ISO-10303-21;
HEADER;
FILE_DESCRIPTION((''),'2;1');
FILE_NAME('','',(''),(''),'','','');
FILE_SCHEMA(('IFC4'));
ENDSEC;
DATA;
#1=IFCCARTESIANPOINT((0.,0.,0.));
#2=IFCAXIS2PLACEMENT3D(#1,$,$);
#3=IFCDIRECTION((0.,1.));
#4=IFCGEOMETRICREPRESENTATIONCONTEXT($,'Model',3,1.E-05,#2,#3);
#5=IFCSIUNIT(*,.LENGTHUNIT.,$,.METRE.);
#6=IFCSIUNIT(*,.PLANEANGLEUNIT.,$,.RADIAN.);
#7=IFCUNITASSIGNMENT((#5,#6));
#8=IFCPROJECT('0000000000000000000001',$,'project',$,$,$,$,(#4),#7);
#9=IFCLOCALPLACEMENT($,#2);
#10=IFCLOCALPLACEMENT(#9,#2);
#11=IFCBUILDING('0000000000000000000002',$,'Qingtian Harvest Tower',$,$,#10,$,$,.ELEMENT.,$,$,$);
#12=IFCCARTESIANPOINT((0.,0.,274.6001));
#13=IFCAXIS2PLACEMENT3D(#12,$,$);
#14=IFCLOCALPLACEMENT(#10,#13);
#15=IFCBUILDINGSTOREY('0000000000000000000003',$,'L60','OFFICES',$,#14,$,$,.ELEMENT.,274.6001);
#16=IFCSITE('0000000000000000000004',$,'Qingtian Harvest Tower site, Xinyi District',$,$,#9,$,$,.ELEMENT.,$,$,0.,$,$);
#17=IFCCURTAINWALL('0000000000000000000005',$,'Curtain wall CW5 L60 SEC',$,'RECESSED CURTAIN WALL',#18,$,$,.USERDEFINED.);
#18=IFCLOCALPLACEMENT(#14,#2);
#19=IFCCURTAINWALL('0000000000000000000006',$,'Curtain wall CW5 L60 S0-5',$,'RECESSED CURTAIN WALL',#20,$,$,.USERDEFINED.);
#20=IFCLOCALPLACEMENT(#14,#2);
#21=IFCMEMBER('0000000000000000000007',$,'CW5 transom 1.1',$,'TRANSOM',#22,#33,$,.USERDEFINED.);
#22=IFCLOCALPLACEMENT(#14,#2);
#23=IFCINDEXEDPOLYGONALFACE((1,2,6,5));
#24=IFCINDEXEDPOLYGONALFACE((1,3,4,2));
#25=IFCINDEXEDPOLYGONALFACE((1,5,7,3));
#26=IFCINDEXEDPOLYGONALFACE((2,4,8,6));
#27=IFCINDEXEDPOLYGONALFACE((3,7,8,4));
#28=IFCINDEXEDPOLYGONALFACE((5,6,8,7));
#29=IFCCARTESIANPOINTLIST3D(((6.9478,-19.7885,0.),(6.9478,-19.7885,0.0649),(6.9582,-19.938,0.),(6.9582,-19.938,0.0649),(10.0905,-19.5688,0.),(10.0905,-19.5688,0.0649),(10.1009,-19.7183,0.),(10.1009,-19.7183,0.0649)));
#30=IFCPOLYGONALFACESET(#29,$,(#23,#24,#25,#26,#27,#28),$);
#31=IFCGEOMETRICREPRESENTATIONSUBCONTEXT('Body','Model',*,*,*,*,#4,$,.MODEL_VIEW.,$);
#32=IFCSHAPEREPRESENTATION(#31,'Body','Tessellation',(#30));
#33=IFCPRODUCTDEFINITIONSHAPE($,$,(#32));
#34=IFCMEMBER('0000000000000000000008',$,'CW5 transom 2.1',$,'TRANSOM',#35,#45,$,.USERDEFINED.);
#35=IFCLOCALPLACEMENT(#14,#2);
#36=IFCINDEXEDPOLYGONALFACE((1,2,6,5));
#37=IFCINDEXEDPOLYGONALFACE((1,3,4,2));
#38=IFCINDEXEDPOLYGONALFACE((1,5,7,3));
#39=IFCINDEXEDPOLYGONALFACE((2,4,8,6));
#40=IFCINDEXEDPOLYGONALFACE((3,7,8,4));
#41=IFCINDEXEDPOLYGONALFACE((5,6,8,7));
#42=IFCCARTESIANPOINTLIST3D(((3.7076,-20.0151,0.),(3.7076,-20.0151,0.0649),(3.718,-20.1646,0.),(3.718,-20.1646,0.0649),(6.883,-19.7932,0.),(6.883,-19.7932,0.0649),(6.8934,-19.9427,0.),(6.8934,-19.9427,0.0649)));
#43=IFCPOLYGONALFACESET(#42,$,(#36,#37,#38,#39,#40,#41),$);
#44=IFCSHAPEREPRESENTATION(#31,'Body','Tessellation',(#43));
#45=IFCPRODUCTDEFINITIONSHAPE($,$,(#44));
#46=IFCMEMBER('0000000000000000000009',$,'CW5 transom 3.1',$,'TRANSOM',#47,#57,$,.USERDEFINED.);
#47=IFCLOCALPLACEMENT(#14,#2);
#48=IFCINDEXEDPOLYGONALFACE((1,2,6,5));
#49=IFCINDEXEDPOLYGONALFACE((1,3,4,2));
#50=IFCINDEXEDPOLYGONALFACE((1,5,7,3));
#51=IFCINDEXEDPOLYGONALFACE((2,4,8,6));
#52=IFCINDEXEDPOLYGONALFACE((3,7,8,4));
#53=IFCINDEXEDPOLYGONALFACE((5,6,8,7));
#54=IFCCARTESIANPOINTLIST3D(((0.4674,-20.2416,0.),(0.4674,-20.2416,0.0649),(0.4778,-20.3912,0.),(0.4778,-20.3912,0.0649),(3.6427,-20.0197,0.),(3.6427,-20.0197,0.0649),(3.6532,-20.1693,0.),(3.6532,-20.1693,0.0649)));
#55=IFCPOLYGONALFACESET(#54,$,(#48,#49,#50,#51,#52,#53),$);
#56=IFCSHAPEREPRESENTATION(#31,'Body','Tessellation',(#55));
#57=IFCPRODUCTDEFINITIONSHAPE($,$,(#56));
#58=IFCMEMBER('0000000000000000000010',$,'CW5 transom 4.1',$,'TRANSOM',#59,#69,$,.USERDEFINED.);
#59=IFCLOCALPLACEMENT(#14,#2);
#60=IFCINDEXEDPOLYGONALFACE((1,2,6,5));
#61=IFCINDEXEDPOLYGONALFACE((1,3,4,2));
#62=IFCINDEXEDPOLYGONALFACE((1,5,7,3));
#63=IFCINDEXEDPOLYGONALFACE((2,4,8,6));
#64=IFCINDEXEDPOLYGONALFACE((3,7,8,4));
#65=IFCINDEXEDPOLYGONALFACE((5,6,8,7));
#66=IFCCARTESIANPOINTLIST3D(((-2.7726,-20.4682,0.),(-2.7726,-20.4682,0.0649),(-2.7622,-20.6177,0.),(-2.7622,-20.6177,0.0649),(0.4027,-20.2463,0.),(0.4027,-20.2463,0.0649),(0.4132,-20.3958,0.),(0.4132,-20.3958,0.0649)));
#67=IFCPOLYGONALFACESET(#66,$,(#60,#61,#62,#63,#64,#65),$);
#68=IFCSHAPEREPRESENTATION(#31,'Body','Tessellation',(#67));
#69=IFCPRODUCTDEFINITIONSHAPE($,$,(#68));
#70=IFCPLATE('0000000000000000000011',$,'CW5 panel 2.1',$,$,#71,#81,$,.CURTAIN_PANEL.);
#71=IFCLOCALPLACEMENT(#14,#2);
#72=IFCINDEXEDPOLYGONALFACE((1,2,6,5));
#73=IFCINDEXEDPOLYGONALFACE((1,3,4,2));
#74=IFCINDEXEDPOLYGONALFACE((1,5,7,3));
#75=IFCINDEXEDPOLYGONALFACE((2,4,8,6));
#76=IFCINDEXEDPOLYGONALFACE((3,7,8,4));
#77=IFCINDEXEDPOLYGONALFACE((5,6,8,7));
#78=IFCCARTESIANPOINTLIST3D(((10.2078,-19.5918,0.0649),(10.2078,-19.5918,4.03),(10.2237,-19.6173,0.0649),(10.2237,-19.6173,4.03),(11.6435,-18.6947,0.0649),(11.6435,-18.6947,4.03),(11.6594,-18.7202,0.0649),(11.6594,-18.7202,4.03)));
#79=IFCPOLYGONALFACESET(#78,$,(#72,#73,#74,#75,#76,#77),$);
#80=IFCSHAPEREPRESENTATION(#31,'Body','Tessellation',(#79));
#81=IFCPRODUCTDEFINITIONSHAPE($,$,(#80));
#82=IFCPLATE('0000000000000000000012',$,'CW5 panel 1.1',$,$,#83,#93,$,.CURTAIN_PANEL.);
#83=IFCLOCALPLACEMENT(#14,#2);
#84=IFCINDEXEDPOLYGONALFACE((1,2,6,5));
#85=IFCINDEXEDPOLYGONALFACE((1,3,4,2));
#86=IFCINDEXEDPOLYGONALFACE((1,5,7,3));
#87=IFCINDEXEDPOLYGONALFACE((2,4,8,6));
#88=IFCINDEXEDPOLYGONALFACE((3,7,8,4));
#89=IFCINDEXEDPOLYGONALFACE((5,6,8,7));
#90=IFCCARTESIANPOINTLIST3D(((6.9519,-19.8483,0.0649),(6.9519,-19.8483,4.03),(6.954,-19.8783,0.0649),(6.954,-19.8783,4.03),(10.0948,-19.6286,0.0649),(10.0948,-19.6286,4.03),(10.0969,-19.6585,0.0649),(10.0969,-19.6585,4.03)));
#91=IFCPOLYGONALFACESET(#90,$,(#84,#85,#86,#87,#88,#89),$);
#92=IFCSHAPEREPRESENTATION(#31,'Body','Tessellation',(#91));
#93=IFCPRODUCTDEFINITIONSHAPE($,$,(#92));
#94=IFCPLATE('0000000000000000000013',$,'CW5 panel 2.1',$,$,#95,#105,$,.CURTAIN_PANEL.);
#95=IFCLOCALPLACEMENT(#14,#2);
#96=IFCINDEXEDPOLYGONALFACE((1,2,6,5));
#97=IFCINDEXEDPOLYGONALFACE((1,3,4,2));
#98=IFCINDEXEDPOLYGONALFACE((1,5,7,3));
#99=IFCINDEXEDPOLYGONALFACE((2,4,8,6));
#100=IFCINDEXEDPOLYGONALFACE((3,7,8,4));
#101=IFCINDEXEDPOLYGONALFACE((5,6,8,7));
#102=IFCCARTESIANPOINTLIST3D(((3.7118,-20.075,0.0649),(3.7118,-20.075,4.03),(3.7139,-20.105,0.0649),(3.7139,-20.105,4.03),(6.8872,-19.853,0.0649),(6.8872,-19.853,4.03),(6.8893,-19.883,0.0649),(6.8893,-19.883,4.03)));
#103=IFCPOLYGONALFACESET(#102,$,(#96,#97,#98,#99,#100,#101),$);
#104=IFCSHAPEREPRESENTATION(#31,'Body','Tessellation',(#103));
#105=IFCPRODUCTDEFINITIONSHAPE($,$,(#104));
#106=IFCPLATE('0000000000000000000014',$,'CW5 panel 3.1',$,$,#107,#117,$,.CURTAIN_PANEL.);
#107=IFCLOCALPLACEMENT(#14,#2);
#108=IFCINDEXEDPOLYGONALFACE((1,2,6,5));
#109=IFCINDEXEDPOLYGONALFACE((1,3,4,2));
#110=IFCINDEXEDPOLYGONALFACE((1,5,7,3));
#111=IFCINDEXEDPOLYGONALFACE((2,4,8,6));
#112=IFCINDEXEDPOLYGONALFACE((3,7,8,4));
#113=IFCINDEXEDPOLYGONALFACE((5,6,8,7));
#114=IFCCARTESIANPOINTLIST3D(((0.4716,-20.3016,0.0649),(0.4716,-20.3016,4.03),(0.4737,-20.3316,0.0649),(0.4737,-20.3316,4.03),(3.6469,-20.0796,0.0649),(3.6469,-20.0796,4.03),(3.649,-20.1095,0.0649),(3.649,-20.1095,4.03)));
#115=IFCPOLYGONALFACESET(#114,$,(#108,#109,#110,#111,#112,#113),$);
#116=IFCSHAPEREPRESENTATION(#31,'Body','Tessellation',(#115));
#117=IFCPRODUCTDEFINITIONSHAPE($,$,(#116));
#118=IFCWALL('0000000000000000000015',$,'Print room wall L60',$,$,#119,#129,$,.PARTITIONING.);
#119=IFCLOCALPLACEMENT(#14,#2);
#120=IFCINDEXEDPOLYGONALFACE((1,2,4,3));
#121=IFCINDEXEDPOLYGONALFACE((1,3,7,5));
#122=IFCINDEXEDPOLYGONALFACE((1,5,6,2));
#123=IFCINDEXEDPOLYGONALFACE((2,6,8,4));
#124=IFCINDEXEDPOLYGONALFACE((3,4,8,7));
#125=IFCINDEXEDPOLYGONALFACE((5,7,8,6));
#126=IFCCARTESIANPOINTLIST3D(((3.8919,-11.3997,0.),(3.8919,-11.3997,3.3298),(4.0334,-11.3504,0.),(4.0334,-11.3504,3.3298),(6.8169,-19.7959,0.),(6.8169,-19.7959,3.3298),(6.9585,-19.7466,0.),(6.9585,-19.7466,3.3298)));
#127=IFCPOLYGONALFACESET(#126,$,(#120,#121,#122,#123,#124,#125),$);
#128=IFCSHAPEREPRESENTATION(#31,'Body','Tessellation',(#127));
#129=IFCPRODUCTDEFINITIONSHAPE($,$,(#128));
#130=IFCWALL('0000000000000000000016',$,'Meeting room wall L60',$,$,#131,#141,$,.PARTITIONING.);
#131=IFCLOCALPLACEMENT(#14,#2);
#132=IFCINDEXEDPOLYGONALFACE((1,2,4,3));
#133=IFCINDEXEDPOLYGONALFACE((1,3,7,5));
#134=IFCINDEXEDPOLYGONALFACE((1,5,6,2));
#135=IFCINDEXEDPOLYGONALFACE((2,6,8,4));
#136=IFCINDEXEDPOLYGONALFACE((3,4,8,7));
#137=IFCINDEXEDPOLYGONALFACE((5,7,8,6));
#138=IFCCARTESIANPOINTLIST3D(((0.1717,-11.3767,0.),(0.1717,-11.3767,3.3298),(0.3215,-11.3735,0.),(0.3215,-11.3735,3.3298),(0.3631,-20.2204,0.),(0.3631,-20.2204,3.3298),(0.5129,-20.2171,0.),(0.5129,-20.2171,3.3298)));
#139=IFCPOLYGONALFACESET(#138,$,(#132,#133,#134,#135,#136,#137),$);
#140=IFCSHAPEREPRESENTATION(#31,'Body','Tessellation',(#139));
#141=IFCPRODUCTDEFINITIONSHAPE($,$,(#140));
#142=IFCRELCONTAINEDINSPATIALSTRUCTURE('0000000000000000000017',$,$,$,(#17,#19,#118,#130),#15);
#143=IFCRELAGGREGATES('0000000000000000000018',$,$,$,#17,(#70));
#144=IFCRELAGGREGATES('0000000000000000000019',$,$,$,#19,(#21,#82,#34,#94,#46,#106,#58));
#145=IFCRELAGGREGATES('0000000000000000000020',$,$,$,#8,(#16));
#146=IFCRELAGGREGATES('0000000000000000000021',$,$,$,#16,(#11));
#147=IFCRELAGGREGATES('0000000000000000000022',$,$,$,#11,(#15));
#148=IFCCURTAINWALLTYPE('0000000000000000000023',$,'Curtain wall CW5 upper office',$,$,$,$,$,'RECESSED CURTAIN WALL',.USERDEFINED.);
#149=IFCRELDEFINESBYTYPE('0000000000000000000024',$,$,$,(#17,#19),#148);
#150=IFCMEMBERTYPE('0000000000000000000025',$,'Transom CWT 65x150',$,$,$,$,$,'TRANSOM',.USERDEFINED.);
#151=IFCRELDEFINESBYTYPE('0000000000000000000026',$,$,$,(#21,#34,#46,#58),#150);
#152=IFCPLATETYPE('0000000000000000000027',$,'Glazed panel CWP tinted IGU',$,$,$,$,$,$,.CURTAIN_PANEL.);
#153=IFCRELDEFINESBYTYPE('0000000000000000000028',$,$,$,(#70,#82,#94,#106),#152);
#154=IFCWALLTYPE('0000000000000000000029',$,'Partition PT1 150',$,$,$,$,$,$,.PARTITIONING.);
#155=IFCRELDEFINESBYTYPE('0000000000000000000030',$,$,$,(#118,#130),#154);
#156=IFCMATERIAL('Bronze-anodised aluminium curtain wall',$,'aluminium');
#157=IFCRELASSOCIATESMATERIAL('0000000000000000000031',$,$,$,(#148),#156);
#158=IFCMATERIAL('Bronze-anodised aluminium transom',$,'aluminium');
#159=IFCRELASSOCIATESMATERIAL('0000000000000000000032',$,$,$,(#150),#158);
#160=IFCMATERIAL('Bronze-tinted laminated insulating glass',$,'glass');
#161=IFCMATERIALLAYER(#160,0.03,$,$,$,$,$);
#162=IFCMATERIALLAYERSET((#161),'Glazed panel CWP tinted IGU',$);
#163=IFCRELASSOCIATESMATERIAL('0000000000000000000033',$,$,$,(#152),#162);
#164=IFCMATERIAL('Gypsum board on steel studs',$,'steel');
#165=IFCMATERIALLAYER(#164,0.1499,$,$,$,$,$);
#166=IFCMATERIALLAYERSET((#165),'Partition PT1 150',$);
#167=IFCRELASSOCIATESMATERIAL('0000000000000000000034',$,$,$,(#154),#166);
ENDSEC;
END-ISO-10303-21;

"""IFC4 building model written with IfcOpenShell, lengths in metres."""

from ifc_helpers import new_model, si_unit, direction, frame, frame_2d, origin, origin_2d, place, context, subcontext, project, spatial, rectangle, extrude, material, layer, layer_set, material_profile, profile_set, type_object, element, aggregate, save


model = new_model("IFC4")

# Units and contexts
model_context = context("Model", 3, precision=1e-05, world=origin(), true_north=direction((0.0, 1.0)))
body_context = subcontext(model_context, "Body", "Model", "MODEL_VIEW")
ifc_project = project(units=[si_unit("LENGTHUNIT", "METRE"), si_unit("PLANEANGLEUNIT", "RADIAN")], contexts=[model_context])

# Site, building, storey
site_placement = place(None, origin())
site = spatial("IfcSite", under=ifc_project, at=site_placement, Name="Qingtian Harvest Tower site, Xinyi District", CompositionType="ELEMENT", RefElevation=0.0)
building_placement = place(site_placement, origin())
building = spatial("IfcBuilding", under=site, at=building_placement, Name="Qingtian Harvest Tower", CompositionType="ELEMENT")
storey_placement = place(building_placement, frame((0.0, 0.0, 274.6001)))
storey = spatial("IfcBuildingStorey", under=building, at=storey_placement, Name="L60", Description="OFFICES", CompositionType="ELEMENT", Elevation=274.6001)

# Curtain wall
ifc_material_1 = material(Name="Bronze-anodised aluminium curtain wall", Category="aluminium")
curtain_wall_type = type_object("IfcCurtainWallType", Name="Curtain wall CW5 upper office", ElementType="RECESSED CURTAIN WALL", PredefinedType="USERDEFINED", material=ifc_material_1)
curtain_wall_1_placement = place(storey_placement, origin())
curtain_wall_1 = element("IfcCurtainWall", 1, at=curtain_wall_1_placement, inside=storey, type_object=curtain_wall_type, Name="Curtain wall CW5 L60 SEC", ObjectType="RECESSED CURTAIN WALL", PredefinedType="USERDEFINED")

# Curtain wall
curtain_wall_2_placement = place(storey_placement, origin())
curtain_wall_2 = element("IfcCurtainWall", 2, at=curtain_wall_2_placement, inside=storey, type_object=curtain_wall_type, Name="Curtain wall CW5 L60 S0-5", ObjectType="RECESSED CURTAIN WALL", PredefinedType="USERDEFINED")

# Members
ifc_material_2 = material(Name="Bronze-anodised aluminium transom", Category="aluminium")
ifc_material_profile_1 = material_profile(ifc_material_2, rectangle(XDim=0.1499, YDim=0.0649, at=origin_2d()), Name="AL 65x150")
ifc_profile_set_1 = profile_set([ifc_material_profile_1], Name="Bronze-anodised aluminium transom")
member_type_1 = type_object("IfcMemberType", Name="Transom CWT 65x150", ElementType="TRANSOM", PredefinedType="USERDEFINED", material=ifc_profile_set_1)
member_1_placement = place(storey_placement, frame((10.0957, -19.6436, 0.0325), z_axis=(-0.997565, -0.069744, 0.0), x_axis=(0.069744, -0.997565, 0.0)))
member_1 = element("IfcMember", 3, at=member_1_placement, type_object=member_type_1, Name="CW5 transom 1.1", ObjectType="TRANSOM", PredefinedType="USERDEFINED", context=body_context, shape_type="SweptSolid", body=[
    extrude(rectangle(XDim=0.1499, YDim=0.0649, at=origin_2d()), origin(), (0.0, 0.0, 1.0), 3.1504),
])
member_2_placement = place(storey_placement, frame((6.8882, -19.8679, 0.0325), z_axis=(-0.997567, -0.069721, 0.0), x_axis=(0.069721, -0.997567, 0.0)))
member_2 = element("IfcMember", 4, at=member_2_placement, type_object=member_type_1, Name="CW5 transom 2.1", ObjectType="TRANSOM", PredefinedType="USERDEFINED", context=body_context, shape_type="SweptSolid", body=[
    extrude(rectangle(XDim=0.1499, YDim=0.0649, at=origin_2d()), origin(), (0.0, 0.0, 1.0), 3.1831),
])
member_3_placement = place(storey_placement, frame((3.6479, -20.0945, 0.0325), z_axis=(-0.997567, -0.069721, 0.0), x_axis=(0.069721, -0.997567, 0.0)))
member_3 = element("IfcMember", 5, at=member_3_placement, type_object=member_type_1, Name="CW5 transom 3.1", ObjectType="TRANSOM", PredefinedType="USERDEFINED", context=body_context, shape_type="SweptSolid", body=[
    extrude(rectangle(XDim=0.1499, YDim=0.0649, at=origin_2d()), origin(), (0.0, 0.0, 1.0), 3.1831),
])
member_4_placement = place(storey_placement, frame((0.408, -20.321, 0.0325), z_axis=(-0.997567, -0.069721, 0.0), x_axis=(0.069721, -0.997567, 0.0)))
member_4 = element("IfcMember", 6, at=member_4_placement, type_object=member_type_1, Name="CW5 transom 4.1", ObjectType="TRANSOM", PredefinedType="USERDEFINED", context=body_context, shape_type="SweptSolid", body=[
    extrude(rectangle(XDim=0.1499, YDim=0.0649, at=origin_2d()), origin(), (0.0, 0.0, 1.0), 3.1831),
])

# Plates
ifc_material_3 = material(Name="Bronze-tinted laminated insulating glass", Category="glass")
ifc_layer_1 = layer(ifc_material_3, 0.03)
ifc_layer_set_1 = layer_set([ifc_layer_1], Name="Glazed panel CWP tinted IGU")
plate_type = type_object("IfcPlateType", Name="Glazed panel CWP tinted IGU", PredefinedType="CURTAIN_PANEL", material=ifc_layer_set_1)
plate_1_placement = place(storey_placement, frame((10.9336, -19.156, 0.0649), z_axis=(0.0, 0.0, 1.0), x_axis=(-0.848048, -0.529919, 0.0)))
plate_1 = element("IfcPlate", 7, at=plate_1_placement, type_object=plate_type, Name="CW5 panel 2.1", PredefinedType="CURTAIN_PANEL", context=body_context, shape_type="SweptSolid", body=[
    extrude(rectangle(XDim=1.6929, YDim=0.03, at=origin_2d()), origin(), (0.0, 0.0, 1.0), 3.9651),
])
aggregate(curtain_wall_1, [plate_1])
plate_2_placement = place(storey_placement, frame((8.5244, -19.7534, 0.0649), z_axis=(0.0, 0.0, 1.0), x_axis=(-0.997564, -0.069756, 0.0)))
plate_2 = element("IfcPlate", 8, at=plate_2_placement, type_object=plate_type, Name="CW5 panel 1.1", PredefinedType="CURTAIN_PANEL", context=body_context, shape_type="SweptSolid", body=[
    extrude(rectangle(XDim=3.1506, YDim=0.03, at=origin_2d()), origin(), (0.0, 0.0, 1.0), 3.9651),
])
plate_3_placement = place(storey_placement, frame((5.3005, -19.979, 0.0649), z_axis=(0.0, 0.0, 1.0), x_axis=(-0.997564, -0.069756, 0.0)))
plate_3 = element("IfcPlate", 9, at=plate_3_placement, type_object=plate_type, Name="CW5 panel 2.1", PredefinedType="CURTAIN_PANEL", context=body_context, shape_type="SweptSolid", body=[
    extrude(rectangle(XDim=3.1831, YDim=0.03, at=origin_2d()), origin(), (0.0, 0.0, 1.0), 3.9651),
])
plate_4_placement = place(storey_placement, frame((2.0603, -20.2056, 0.0649), z_axis=(0.0, 0.0, 1.0), x_axis=(-0.997564, -0.069756, 0.0)))
plate_4 = element("IfcPlate", 10, at=plate_4_placement, type_object=plate_type, Name="CW5 panel 3.1", PredefinedType="CURTAIN_PANEL", context=body_context, shape_type="SweptSolid", body=[
    extrude(rectangle(XDim=3.1831, YDim=0.03, at=origin_2d()), origin(), (0.0, 0.0, 1.0), 3.9651),
])
aggregate(curtain_wall_2, [member_1, plate_2, member_2, plate_3, member_3, plate_4, member_4])

# Walls
ifc_material_4 = material(Name="Gypsum board on steel studs", Category="steel")
ifc_layer_2 = layer(ifc_material_4, 0.1499)
ifc_layer_set_2 = layer_set([ifc_layer_2], Name="Partition PT1 150")
wall_type = type_object("IfcWallType", Name="Partition PT1 150", PredefinedType="PARTITIONING", material=ifc_layer_set_2)
wall_1_placement = place(storey_placement, frame((6.8877, -19.7712, 0.0), z_axis=(0.0, 0.0, 1.0), x_axis=(-0.328984, 0.944336, 0.0)))
element("IfcWall", 11, at=wall_1_placement, inside=storey, type_object=wall_type, Name="Print room wall L60", PredefinedType="PARTITIONING", context=body_context, shape_type="SweptSolid", body=[
    extrude(rectangle(XDim=8.8911, YDim=0.1499, at=frame_2d((4.4456, 0.0))), origin(), (0.0, 0.0, 1.0), 3.3298),
])
wall_2_placement = place(storey_placement, frame((0.438, -20.2188, 0.0), z_axis=(0.0, 0.0, 1.0), x_axis=(-0.021638, 0.999766, 0.0)))
element("IfcWall", 12, at=wall_2_placement, inside=storey, type_object=wall_type, Name="Meeting room wall L60", PredefinedType="PARTITIONING", context=body_context, shape_type="SweptSolid", body=[
    extrude(rectangle(XDim=8.8457, YDim=0.1499, at=frame_2d((4.4229, 0.0))), origin(), (0.0, 0.0, 1.0), 3.3298),
])

save(model, "model.ifc")
